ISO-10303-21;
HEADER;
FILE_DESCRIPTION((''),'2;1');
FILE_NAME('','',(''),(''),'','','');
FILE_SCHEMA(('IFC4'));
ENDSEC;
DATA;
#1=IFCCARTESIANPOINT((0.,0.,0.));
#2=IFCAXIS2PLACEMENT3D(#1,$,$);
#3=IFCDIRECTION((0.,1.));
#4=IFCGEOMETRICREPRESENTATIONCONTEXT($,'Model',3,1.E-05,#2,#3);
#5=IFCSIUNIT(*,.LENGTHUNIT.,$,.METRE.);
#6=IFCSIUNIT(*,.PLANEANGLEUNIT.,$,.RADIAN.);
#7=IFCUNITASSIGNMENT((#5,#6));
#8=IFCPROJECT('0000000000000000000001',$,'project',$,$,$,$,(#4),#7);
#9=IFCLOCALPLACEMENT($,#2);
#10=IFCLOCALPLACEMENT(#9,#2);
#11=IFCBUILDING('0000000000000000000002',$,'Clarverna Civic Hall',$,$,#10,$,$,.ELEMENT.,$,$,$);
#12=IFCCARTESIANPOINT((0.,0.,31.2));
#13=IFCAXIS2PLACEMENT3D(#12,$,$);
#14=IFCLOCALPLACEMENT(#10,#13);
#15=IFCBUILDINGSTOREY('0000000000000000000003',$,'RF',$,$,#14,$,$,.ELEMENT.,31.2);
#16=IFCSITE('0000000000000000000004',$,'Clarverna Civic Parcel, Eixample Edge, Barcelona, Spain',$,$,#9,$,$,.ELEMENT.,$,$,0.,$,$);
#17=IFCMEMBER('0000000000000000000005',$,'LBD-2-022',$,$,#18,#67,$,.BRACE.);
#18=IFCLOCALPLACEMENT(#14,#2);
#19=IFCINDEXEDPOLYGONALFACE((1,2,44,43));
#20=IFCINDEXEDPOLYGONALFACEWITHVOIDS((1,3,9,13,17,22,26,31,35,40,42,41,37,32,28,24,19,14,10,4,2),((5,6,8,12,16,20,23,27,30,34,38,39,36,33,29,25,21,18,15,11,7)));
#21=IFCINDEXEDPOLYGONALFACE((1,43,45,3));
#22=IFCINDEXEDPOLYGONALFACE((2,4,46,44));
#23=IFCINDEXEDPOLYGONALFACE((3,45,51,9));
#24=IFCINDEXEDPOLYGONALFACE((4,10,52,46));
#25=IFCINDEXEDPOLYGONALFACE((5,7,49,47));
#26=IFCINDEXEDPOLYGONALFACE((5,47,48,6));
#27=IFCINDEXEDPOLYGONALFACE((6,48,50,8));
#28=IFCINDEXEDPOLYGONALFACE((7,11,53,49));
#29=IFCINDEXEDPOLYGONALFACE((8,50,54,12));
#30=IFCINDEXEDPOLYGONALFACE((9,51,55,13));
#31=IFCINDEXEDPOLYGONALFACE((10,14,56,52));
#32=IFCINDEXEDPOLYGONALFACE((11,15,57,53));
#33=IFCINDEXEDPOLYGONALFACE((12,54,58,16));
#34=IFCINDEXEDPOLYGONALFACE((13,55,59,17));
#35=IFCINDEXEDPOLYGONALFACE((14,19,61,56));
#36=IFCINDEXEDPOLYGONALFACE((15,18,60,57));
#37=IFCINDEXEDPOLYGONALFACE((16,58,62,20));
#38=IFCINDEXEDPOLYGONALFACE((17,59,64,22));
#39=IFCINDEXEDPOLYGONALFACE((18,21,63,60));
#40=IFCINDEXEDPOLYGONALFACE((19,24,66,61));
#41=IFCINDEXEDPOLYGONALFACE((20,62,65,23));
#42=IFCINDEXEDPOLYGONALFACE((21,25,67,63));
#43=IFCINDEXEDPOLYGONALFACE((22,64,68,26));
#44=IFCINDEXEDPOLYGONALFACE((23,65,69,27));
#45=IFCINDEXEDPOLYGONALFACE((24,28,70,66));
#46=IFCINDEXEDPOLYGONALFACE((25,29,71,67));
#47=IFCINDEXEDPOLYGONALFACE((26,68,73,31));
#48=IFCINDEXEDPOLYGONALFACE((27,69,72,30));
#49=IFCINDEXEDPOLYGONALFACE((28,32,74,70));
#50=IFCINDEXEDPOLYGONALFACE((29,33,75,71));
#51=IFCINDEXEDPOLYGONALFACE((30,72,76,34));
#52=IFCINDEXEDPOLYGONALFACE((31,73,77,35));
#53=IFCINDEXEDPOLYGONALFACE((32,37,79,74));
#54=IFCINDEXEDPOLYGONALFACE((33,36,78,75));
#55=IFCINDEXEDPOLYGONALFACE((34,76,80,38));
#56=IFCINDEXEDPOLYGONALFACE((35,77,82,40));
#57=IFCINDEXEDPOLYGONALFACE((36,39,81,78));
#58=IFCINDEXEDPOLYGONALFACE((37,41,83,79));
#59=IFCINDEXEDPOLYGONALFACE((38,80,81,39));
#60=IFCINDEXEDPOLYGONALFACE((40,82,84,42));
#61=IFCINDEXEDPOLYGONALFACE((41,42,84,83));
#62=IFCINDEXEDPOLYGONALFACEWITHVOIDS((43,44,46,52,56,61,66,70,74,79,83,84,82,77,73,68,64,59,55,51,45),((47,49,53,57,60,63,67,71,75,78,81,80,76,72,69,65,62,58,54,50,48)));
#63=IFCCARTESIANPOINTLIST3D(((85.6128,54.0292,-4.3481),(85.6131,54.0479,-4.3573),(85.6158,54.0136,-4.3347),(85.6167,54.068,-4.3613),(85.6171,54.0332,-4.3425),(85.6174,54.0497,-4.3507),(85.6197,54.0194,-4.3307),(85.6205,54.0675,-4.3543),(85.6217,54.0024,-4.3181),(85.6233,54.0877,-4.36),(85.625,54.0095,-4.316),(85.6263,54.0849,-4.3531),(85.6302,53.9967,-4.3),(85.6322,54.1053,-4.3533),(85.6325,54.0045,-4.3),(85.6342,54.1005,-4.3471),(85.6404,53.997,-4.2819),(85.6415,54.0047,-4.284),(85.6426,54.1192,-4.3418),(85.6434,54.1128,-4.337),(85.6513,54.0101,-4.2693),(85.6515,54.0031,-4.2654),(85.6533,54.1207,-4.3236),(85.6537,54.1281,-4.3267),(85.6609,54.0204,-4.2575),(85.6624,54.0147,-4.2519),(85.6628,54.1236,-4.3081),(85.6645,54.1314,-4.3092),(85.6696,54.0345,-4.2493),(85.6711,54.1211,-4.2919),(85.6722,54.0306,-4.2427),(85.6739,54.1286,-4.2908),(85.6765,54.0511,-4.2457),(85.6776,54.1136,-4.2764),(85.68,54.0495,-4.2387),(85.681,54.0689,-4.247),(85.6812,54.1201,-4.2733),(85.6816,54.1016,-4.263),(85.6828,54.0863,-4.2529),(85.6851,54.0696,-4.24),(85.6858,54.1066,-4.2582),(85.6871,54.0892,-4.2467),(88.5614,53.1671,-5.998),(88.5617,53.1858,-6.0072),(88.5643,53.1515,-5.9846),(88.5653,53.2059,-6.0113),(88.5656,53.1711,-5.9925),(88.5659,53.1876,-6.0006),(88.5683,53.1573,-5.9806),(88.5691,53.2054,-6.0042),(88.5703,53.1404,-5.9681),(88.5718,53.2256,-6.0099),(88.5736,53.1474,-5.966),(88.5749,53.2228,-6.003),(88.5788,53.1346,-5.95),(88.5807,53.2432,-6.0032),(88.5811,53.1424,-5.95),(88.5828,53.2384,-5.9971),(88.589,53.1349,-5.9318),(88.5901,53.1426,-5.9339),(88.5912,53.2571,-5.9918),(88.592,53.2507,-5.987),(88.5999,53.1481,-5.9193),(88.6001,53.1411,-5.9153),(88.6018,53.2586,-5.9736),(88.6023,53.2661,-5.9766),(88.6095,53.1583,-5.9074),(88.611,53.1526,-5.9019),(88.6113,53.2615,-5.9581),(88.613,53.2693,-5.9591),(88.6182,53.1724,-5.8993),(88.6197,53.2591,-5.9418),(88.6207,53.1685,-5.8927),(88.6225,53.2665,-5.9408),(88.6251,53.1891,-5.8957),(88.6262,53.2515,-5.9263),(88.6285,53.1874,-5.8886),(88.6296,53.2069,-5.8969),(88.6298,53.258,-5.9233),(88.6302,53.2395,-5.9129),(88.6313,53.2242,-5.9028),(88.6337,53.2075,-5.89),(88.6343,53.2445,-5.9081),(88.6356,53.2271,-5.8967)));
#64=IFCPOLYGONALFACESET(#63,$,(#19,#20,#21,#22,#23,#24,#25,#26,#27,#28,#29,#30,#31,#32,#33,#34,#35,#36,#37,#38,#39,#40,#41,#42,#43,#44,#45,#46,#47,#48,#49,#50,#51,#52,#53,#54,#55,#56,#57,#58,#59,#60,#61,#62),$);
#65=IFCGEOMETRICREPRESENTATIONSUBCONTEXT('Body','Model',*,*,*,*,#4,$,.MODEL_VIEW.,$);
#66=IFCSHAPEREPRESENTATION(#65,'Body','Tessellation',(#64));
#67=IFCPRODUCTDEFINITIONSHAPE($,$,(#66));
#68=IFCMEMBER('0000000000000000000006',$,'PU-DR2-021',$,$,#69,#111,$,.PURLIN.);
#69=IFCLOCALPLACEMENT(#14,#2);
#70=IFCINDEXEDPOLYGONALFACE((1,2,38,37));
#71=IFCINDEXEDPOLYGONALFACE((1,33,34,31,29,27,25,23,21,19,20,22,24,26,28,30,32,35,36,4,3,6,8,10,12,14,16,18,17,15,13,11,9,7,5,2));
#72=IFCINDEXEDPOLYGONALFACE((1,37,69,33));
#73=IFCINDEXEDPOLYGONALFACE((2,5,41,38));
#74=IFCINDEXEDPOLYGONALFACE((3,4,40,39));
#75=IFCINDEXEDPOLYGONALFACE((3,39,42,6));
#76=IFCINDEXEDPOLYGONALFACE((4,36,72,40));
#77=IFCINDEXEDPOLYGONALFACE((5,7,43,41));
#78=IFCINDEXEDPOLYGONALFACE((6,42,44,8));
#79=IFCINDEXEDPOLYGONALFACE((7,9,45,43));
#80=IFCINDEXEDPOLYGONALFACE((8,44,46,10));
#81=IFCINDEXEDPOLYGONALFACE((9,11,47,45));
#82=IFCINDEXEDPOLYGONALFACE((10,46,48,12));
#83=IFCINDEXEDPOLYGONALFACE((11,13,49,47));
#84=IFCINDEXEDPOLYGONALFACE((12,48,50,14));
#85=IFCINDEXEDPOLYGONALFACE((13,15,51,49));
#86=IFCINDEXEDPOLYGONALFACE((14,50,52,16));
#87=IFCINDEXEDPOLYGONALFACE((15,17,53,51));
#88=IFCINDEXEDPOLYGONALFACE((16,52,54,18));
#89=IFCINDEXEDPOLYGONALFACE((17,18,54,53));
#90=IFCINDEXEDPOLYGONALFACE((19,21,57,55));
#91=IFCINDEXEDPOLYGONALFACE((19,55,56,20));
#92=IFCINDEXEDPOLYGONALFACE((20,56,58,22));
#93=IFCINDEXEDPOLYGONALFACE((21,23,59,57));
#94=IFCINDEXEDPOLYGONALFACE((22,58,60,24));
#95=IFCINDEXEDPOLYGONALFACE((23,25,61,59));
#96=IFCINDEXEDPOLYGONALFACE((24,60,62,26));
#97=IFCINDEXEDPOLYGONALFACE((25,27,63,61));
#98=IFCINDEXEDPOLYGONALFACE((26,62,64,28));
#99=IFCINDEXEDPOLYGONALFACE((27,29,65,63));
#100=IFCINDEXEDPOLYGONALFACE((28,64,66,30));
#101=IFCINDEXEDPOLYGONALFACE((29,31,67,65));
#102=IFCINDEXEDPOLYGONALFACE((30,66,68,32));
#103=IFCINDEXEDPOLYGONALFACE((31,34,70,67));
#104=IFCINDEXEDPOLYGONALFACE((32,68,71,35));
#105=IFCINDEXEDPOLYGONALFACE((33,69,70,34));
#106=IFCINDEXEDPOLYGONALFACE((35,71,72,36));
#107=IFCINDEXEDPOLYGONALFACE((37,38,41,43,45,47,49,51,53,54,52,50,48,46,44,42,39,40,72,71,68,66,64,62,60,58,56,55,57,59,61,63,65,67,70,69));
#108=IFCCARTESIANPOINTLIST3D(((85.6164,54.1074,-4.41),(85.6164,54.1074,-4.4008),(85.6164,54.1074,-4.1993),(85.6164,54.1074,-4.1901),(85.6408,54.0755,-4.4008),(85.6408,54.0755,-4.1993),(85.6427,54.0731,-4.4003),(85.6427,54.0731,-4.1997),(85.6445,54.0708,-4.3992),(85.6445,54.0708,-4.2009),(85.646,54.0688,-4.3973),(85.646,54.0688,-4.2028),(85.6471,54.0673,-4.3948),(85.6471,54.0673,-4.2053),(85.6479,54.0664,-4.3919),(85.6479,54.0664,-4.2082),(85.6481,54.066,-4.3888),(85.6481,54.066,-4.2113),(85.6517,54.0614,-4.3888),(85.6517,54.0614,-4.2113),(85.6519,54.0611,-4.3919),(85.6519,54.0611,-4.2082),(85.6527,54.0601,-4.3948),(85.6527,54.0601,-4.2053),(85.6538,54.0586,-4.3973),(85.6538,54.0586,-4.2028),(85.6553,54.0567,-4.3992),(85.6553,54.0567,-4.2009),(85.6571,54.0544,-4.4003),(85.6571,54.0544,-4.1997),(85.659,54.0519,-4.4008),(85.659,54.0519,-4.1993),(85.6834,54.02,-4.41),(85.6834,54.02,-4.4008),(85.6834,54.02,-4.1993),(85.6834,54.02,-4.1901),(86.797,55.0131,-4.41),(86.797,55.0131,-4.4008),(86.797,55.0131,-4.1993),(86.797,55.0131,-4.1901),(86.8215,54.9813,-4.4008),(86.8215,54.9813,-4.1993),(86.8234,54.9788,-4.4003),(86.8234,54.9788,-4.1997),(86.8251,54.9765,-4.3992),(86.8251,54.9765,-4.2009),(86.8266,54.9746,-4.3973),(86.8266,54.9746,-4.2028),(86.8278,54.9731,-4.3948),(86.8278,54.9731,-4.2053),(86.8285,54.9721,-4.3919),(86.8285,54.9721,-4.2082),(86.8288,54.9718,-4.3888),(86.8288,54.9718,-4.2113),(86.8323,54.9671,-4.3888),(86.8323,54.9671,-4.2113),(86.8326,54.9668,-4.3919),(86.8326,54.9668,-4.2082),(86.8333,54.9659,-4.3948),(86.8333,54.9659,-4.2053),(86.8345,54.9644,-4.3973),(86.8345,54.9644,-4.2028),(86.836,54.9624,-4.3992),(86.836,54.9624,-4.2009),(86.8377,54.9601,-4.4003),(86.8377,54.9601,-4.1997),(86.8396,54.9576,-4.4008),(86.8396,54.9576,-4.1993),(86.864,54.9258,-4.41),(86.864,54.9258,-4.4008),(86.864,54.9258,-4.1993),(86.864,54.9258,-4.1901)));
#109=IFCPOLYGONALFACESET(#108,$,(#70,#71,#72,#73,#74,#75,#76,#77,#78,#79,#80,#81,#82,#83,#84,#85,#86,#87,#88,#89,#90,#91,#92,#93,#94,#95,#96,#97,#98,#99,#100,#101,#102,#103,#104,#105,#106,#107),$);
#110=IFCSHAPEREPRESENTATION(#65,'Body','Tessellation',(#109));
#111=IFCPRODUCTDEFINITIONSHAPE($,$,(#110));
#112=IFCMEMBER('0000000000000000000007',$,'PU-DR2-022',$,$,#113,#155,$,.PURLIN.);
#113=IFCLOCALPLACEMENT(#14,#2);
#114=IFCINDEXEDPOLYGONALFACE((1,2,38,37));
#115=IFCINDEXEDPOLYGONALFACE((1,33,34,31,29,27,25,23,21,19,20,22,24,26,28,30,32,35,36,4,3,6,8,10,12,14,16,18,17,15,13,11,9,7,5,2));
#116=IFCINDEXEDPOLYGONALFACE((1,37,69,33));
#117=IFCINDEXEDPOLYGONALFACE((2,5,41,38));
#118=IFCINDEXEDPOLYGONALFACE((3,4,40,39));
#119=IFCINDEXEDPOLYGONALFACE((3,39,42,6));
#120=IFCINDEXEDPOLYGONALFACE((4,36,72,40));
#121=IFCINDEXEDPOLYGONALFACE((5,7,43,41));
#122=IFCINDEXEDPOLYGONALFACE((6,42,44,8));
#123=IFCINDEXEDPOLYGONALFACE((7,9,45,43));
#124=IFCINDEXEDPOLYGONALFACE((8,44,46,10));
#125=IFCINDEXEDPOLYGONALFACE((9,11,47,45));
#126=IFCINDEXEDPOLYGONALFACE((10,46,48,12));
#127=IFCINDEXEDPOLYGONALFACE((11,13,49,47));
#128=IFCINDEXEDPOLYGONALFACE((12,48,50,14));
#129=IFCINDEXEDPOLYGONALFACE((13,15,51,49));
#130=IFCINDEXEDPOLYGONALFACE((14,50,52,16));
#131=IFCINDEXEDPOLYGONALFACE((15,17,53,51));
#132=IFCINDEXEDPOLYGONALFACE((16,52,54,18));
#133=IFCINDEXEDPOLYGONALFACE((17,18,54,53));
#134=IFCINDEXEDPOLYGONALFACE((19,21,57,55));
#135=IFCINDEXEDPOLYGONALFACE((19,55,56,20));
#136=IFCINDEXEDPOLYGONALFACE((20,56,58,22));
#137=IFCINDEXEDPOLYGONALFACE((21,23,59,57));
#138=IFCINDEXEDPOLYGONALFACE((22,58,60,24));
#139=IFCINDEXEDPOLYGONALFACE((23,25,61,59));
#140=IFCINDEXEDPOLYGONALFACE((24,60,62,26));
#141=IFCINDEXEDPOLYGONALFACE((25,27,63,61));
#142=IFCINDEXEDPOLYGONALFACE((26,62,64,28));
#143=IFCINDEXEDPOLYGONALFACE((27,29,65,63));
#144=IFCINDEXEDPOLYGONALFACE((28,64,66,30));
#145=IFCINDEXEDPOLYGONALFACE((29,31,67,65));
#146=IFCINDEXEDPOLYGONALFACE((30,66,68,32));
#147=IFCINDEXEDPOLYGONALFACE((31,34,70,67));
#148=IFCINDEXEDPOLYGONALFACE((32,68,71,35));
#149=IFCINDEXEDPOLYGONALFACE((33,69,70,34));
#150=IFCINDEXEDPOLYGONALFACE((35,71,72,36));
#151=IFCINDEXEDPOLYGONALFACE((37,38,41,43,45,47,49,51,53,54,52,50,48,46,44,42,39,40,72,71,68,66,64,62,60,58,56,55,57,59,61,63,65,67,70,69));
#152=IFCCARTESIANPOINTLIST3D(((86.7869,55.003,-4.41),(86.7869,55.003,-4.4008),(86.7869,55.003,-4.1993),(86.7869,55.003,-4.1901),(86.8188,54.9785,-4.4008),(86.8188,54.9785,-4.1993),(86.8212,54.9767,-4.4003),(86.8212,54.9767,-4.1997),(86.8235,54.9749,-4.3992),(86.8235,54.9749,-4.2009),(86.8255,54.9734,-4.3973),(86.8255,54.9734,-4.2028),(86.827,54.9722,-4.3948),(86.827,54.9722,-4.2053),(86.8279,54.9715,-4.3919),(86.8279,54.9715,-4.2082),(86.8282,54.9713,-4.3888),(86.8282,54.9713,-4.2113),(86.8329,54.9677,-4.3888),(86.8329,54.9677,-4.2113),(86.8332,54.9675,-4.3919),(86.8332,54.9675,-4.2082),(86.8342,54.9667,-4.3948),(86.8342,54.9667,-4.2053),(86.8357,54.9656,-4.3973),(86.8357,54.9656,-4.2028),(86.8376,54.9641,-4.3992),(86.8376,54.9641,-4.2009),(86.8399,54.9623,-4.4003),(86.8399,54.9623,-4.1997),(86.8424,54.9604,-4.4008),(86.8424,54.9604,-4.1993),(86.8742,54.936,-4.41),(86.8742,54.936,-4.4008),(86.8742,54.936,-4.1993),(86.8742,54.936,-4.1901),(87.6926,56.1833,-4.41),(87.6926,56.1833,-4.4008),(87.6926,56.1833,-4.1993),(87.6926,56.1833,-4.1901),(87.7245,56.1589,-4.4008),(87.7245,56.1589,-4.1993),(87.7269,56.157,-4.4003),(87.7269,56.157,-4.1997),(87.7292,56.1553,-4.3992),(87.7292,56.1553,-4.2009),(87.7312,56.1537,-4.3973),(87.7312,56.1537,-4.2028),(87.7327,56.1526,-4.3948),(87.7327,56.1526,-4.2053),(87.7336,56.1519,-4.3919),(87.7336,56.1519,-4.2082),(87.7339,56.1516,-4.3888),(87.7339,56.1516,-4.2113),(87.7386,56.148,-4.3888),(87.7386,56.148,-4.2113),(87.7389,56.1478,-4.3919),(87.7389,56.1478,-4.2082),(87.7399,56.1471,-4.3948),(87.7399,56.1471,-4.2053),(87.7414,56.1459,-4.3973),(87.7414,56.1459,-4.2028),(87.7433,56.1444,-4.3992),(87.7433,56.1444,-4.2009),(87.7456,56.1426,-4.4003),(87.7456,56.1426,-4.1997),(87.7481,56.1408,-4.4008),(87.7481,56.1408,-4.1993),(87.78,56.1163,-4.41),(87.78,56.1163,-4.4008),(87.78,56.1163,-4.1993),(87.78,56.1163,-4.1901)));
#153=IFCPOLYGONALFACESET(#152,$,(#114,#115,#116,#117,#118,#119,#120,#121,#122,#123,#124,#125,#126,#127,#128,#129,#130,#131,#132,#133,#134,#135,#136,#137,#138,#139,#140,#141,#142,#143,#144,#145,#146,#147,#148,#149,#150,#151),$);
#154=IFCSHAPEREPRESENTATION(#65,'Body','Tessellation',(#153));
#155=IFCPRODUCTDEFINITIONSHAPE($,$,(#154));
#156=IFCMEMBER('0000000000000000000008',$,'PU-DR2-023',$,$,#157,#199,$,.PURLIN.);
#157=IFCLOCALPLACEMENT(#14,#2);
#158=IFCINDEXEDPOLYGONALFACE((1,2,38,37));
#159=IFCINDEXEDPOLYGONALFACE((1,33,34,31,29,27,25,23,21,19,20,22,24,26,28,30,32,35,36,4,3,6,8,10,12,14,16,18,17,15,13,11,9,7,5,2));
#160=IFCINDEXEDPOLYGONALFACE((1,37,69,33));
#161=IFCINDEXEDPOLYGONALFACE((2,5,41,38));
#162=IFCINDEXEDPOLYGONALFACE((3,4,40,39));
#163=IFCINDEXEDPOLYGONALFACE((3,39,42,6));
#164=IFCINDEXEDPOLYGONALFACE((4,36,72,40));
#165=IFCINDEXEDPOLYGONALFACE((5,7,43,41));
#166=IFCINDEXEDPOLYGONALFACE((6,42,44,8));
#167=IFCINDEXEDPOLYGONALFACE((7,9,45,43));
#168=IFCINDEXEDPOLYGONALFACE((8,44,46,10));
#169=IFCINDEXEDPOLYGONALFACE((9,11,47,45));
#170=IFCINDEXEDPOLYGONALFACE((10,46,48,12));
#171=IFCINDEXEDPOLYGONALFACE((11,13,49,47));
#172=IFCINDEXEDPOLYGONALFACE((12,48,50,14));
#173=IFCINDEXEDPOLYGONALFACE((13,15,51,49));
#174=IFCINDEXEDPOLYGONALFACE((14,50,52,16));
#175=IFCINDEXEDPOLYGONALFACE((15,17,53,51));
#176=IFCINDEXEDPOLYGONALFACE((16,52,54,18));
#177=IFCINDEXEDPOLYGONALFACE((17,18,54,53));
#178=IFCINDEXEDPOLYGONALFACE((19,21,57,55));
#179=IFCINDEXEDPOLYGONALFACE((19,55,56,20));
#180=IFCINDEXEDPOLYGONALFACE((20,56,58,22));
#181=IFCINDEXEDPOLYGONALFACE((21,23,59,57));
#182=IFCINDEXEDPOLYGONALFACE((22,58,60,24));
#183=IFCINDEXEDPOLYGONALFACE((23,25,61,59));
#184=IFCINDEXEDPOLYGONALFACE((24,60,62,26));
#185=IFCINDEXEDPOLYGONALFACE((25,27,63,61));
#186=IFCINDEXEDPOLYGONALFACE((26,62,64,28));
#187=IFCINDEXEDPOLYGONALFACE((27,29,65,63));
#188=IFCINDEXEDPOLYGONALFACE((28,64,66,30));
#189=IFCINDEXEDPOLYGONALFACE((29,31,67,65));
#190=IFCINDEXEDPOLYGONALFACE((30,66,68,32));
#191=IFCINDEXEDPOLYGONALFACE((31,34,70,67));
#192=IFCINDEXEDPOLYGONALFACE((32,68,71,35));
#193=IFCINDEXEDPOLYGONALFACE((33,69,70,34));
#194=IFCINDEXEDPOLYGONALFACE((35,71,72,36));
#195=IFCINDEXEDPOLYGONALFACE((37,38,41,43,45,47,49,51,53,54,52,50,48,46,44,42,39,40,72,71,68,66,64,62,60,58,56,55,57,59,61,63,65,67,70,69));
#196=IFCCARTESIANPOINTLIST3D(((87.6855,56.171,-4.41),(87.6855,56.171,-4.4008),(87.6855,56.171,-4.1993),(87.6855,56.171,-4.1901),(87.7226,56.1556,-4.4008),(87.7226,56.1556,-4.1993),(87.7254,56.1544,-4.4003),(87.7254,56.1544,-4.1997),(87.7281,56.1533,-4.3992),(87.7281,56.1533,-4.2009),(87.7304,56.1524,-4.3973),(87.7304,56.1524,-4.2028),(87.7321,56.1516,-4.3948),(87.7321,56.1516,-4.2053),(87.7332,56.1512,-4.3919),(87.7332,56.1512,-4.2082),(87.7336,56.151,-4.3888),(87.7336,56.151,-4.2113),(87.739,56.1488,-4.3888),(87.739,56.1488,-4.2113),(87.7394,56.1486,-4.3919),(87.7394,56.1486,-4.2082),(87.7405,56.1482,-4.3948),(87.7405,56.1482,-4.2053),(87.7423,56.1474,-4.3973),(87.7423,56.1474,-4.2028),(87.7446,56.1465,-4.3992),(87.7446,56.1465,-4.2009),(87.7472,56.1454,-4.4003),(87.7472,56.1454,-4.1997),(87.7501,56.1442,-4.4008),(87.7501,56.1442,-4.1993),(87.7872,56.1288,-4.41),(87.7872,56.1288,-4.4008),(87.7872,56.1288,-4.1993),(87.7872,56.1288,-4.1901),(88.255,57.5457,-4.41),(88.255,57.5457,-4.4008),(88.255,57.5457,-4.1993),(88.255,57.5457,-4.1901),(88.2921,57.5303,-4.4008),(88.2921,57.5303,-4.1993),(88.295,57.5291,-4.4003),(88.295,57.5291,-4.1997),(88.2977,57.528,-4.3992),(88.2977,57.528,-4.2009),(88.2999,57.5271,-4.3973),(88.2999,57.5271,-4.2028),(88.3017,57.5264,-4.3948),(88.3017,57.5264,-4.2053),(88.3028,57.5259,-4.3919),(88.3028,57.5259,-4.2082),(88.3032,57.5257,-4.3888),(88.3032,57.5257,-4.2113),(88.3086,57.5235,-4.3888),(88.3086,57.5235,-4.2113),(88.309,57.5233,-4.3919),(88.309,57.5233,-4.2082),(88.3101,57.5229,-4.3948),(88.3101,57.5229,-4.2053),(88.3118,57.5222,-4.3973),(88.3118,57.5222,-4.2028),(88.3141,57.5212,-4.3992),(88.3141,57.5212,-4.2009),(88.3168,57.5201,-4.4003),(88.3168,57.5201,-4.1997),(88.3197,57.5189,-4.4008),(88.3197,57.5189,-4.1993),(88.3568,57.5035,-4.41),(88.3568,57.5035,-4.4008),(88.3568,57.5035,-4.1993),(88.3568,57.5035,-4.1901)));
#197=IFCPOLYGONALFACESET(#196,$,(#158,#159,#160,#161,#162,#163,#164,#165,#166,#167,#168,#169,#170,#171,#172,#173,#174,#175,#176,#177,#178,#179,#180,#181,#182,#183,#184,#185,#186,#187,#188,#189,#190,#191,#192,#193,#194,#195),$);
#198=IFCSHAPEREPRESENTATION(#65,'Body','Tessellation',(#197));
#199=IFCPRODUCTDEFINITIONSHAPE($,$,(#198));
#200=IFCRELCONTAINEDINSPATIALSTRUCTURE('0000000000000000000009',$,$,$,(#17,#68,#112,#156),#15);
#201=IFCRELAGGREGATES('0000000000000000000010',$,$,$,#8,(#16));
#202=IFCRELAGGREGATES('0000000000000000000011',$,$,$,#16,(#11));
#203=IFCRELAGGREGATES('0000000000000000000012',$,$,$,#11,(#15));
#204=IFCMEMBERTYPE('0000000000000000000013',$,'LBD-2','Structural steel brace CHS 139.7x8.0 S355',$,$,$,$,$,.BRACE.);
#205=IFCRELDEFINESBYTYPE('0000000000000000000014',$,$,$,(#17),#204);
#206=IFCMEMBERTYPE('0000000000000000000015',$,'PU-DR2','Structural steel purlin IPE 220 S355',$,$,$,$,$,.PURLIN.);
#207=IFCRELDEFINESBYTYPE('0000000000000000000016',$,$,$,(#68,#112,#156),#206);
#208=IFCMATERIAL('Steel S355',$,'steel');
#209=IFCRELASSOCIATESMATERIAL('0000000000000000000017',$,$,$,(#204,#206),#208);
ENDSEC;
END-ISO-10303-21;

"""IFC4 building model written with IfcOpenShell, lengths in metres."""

from ifc_helpers import new_model, si_unit, direction, frame, origin, origin_2d, place, context, subcontext, project, spatial, hollow_circle, i_section, extrude, material, material_profile, profile_set, type_object, element, save


model = new_model("IFC4")

# Units and contexts
model_context = context("Model", 3, precision=1e-05, world=origin(), true_north=direction((0.0, 1.0)))
body_context = subcontext(model_context, "Body", "Model", "MODEL_VIEW")
ifc_project = project(units=[si_unit("LENGTHUNIT", "METRE"), si_unit("PLANEANGLEUNIT", "RADIAN")], contexts=[model_context])

# Site, building, storey
site_placement = place(None, origin())
site = spatial("IfcSite", under=ifc_project, at=site_placement, Name="Clarverna Civic Parcel, Eixample Edge, Barcelona, Spain", CompositionType="ELEMENT", RefElevation=0.0)
building_placement = place(site_placement, origin())
building = spatial("IfcBuilding", under=site, at=building_placement, Name="Clarverna Civic Hall", CompositionType="ELEMENT")
storey_placement = place(building_placement, frame((0.0, 0.0, 31.2)))
storey = spatial("IfcBuildingStorey", under=building, at=storey_placement, Name="RF", CompositionType="ELEMENT", Elevation=31.2)

# Members
ifc_material_1 = material(Name="Steel S355", Category="steel")
ifc_material_profile_1 = material_profile(ifc_material_1, hollow_circle(Radius=0.0698, WallThickness=0.0081, at=origin_2d()), Name="CHS 139.7x8.0")
ifc_profile_set_1 = profile_set([ifc_material_profile_1], Name="Steel S355")
member_type_1 = type_object("IfcMemberType", Name="LBD-2", Description="Structural steel brace CHS 139.7x8.0 S355", PredefinedType="BRACE", material=ifc_profile_set_1)
member_1_placement = place(storey_placement, frame((88.5984, 53.2017, -5.95), z_axis=(-0.845575, 0.247224, 0.473163), x_axis=(-0.280626, -0.959817, 0.0)))
element("IfcMember", 1, at=member_1_placement, inside=storey, type_object=member_type_1, Name="LBD-2-022", PredefinedType="BRACE", context=body_context, shape_type="SweptSolid", body=[
    extrude(hollow_circle(Radius=0.0698, WallThickness=0.0081, at=origin_2d()), origin(), (0.0, 0.0, 1.0), 3.4871),
])
ifc_material_profile_2 = material_profile(ifc_material_1, i_section(OverallWidth=0.1101, OverallDepth=0.22, WebThickness=0.0059, FlangeThickness=0.0093, FilletRadius=0.012, at=origin_2d()), Name="IPE 220")
ifc_profile_set_2 = profile_set([ifc_material_profile_2], Name="Steel S355")
member_type_2 = type_object("IfcMemberType", Name="PU-DR2", Description="Structural steel purlin IPE 220 S355", PredefinedType="PURLIN", material=ifc_profile_set_2)
member_2_placement = place(storey_placement, frame((85.6499, 54.0637, -4.3), z_axis=(0.793416, 0.60868, 0.0), x_axis=(-0.60868, 0.793416, 0.0)))
element("IfcMember", 2, at=member_2_placement, inside=storey, type_object=member_type_2, Name="PU-DR2-021", PredefinedType="PURLIN", context=body_context, shape_type="SweptSolid", body=[
    extrude(i_section(OverallWidth=0.1101, OverallDepth=0.22, WebThickness=0.0059, FlangeThickness=0.0093, FilletRadius=0.012, at=origin_2d()), origin(), (0.0, 0.0, 1.0), 1.488),
])
member_3_placement = place(storey_placement, frame((86.8306, 54.9695, -4.3), z_axis=(0.608759, 0.793355, 0.0), x_axis=(-0.793355, 0.608759, 0.0)))
element("IfcMember", 3, at=member_3_placement, inside=storey, type_object=member_type_2, Name="PU-DR2-022", PredefinedType="PURLIN", context=body_context, shape_type="SweptSolid", body=[
    extrude(i_section(OverallWidth=0.1101, OverallDepth=0.22, WebThickness=0.0059, FlangeThickness=0.0093, FilletRadius=0.012, at=origin_2d()), origin(), (0.0, 0.0, 1.0), 1.4878),
])
for number, where, z_axis, x_axis, name in (
    (4, (87.7363, 56.1499, -4.3), (0.382762, 0.923847, 0.0), (-0.923847, 0.382762, 0.0), "PU-DR2-023"),
):
    element("IfcMember", number, at=place(storey_placement, frame(where, z_axis=z_axis, x_axis=x_axis)), inside=storey, type_object=member_type_2, Name=name, PredefinedType="PURLIN", context=body_context, shape_type="SweptSolid", body=[
        extrude(i_section(OverallWidth=0.1101, OverallDepth=0.22, WebThickness=0.0059, FlangeThickness=0.0093, FilletRadius=0.012, at=origin_2d()), origin(), (0.0, 0.0, 1.0), 1.488),
    ])

save(model, "model.ifc")
